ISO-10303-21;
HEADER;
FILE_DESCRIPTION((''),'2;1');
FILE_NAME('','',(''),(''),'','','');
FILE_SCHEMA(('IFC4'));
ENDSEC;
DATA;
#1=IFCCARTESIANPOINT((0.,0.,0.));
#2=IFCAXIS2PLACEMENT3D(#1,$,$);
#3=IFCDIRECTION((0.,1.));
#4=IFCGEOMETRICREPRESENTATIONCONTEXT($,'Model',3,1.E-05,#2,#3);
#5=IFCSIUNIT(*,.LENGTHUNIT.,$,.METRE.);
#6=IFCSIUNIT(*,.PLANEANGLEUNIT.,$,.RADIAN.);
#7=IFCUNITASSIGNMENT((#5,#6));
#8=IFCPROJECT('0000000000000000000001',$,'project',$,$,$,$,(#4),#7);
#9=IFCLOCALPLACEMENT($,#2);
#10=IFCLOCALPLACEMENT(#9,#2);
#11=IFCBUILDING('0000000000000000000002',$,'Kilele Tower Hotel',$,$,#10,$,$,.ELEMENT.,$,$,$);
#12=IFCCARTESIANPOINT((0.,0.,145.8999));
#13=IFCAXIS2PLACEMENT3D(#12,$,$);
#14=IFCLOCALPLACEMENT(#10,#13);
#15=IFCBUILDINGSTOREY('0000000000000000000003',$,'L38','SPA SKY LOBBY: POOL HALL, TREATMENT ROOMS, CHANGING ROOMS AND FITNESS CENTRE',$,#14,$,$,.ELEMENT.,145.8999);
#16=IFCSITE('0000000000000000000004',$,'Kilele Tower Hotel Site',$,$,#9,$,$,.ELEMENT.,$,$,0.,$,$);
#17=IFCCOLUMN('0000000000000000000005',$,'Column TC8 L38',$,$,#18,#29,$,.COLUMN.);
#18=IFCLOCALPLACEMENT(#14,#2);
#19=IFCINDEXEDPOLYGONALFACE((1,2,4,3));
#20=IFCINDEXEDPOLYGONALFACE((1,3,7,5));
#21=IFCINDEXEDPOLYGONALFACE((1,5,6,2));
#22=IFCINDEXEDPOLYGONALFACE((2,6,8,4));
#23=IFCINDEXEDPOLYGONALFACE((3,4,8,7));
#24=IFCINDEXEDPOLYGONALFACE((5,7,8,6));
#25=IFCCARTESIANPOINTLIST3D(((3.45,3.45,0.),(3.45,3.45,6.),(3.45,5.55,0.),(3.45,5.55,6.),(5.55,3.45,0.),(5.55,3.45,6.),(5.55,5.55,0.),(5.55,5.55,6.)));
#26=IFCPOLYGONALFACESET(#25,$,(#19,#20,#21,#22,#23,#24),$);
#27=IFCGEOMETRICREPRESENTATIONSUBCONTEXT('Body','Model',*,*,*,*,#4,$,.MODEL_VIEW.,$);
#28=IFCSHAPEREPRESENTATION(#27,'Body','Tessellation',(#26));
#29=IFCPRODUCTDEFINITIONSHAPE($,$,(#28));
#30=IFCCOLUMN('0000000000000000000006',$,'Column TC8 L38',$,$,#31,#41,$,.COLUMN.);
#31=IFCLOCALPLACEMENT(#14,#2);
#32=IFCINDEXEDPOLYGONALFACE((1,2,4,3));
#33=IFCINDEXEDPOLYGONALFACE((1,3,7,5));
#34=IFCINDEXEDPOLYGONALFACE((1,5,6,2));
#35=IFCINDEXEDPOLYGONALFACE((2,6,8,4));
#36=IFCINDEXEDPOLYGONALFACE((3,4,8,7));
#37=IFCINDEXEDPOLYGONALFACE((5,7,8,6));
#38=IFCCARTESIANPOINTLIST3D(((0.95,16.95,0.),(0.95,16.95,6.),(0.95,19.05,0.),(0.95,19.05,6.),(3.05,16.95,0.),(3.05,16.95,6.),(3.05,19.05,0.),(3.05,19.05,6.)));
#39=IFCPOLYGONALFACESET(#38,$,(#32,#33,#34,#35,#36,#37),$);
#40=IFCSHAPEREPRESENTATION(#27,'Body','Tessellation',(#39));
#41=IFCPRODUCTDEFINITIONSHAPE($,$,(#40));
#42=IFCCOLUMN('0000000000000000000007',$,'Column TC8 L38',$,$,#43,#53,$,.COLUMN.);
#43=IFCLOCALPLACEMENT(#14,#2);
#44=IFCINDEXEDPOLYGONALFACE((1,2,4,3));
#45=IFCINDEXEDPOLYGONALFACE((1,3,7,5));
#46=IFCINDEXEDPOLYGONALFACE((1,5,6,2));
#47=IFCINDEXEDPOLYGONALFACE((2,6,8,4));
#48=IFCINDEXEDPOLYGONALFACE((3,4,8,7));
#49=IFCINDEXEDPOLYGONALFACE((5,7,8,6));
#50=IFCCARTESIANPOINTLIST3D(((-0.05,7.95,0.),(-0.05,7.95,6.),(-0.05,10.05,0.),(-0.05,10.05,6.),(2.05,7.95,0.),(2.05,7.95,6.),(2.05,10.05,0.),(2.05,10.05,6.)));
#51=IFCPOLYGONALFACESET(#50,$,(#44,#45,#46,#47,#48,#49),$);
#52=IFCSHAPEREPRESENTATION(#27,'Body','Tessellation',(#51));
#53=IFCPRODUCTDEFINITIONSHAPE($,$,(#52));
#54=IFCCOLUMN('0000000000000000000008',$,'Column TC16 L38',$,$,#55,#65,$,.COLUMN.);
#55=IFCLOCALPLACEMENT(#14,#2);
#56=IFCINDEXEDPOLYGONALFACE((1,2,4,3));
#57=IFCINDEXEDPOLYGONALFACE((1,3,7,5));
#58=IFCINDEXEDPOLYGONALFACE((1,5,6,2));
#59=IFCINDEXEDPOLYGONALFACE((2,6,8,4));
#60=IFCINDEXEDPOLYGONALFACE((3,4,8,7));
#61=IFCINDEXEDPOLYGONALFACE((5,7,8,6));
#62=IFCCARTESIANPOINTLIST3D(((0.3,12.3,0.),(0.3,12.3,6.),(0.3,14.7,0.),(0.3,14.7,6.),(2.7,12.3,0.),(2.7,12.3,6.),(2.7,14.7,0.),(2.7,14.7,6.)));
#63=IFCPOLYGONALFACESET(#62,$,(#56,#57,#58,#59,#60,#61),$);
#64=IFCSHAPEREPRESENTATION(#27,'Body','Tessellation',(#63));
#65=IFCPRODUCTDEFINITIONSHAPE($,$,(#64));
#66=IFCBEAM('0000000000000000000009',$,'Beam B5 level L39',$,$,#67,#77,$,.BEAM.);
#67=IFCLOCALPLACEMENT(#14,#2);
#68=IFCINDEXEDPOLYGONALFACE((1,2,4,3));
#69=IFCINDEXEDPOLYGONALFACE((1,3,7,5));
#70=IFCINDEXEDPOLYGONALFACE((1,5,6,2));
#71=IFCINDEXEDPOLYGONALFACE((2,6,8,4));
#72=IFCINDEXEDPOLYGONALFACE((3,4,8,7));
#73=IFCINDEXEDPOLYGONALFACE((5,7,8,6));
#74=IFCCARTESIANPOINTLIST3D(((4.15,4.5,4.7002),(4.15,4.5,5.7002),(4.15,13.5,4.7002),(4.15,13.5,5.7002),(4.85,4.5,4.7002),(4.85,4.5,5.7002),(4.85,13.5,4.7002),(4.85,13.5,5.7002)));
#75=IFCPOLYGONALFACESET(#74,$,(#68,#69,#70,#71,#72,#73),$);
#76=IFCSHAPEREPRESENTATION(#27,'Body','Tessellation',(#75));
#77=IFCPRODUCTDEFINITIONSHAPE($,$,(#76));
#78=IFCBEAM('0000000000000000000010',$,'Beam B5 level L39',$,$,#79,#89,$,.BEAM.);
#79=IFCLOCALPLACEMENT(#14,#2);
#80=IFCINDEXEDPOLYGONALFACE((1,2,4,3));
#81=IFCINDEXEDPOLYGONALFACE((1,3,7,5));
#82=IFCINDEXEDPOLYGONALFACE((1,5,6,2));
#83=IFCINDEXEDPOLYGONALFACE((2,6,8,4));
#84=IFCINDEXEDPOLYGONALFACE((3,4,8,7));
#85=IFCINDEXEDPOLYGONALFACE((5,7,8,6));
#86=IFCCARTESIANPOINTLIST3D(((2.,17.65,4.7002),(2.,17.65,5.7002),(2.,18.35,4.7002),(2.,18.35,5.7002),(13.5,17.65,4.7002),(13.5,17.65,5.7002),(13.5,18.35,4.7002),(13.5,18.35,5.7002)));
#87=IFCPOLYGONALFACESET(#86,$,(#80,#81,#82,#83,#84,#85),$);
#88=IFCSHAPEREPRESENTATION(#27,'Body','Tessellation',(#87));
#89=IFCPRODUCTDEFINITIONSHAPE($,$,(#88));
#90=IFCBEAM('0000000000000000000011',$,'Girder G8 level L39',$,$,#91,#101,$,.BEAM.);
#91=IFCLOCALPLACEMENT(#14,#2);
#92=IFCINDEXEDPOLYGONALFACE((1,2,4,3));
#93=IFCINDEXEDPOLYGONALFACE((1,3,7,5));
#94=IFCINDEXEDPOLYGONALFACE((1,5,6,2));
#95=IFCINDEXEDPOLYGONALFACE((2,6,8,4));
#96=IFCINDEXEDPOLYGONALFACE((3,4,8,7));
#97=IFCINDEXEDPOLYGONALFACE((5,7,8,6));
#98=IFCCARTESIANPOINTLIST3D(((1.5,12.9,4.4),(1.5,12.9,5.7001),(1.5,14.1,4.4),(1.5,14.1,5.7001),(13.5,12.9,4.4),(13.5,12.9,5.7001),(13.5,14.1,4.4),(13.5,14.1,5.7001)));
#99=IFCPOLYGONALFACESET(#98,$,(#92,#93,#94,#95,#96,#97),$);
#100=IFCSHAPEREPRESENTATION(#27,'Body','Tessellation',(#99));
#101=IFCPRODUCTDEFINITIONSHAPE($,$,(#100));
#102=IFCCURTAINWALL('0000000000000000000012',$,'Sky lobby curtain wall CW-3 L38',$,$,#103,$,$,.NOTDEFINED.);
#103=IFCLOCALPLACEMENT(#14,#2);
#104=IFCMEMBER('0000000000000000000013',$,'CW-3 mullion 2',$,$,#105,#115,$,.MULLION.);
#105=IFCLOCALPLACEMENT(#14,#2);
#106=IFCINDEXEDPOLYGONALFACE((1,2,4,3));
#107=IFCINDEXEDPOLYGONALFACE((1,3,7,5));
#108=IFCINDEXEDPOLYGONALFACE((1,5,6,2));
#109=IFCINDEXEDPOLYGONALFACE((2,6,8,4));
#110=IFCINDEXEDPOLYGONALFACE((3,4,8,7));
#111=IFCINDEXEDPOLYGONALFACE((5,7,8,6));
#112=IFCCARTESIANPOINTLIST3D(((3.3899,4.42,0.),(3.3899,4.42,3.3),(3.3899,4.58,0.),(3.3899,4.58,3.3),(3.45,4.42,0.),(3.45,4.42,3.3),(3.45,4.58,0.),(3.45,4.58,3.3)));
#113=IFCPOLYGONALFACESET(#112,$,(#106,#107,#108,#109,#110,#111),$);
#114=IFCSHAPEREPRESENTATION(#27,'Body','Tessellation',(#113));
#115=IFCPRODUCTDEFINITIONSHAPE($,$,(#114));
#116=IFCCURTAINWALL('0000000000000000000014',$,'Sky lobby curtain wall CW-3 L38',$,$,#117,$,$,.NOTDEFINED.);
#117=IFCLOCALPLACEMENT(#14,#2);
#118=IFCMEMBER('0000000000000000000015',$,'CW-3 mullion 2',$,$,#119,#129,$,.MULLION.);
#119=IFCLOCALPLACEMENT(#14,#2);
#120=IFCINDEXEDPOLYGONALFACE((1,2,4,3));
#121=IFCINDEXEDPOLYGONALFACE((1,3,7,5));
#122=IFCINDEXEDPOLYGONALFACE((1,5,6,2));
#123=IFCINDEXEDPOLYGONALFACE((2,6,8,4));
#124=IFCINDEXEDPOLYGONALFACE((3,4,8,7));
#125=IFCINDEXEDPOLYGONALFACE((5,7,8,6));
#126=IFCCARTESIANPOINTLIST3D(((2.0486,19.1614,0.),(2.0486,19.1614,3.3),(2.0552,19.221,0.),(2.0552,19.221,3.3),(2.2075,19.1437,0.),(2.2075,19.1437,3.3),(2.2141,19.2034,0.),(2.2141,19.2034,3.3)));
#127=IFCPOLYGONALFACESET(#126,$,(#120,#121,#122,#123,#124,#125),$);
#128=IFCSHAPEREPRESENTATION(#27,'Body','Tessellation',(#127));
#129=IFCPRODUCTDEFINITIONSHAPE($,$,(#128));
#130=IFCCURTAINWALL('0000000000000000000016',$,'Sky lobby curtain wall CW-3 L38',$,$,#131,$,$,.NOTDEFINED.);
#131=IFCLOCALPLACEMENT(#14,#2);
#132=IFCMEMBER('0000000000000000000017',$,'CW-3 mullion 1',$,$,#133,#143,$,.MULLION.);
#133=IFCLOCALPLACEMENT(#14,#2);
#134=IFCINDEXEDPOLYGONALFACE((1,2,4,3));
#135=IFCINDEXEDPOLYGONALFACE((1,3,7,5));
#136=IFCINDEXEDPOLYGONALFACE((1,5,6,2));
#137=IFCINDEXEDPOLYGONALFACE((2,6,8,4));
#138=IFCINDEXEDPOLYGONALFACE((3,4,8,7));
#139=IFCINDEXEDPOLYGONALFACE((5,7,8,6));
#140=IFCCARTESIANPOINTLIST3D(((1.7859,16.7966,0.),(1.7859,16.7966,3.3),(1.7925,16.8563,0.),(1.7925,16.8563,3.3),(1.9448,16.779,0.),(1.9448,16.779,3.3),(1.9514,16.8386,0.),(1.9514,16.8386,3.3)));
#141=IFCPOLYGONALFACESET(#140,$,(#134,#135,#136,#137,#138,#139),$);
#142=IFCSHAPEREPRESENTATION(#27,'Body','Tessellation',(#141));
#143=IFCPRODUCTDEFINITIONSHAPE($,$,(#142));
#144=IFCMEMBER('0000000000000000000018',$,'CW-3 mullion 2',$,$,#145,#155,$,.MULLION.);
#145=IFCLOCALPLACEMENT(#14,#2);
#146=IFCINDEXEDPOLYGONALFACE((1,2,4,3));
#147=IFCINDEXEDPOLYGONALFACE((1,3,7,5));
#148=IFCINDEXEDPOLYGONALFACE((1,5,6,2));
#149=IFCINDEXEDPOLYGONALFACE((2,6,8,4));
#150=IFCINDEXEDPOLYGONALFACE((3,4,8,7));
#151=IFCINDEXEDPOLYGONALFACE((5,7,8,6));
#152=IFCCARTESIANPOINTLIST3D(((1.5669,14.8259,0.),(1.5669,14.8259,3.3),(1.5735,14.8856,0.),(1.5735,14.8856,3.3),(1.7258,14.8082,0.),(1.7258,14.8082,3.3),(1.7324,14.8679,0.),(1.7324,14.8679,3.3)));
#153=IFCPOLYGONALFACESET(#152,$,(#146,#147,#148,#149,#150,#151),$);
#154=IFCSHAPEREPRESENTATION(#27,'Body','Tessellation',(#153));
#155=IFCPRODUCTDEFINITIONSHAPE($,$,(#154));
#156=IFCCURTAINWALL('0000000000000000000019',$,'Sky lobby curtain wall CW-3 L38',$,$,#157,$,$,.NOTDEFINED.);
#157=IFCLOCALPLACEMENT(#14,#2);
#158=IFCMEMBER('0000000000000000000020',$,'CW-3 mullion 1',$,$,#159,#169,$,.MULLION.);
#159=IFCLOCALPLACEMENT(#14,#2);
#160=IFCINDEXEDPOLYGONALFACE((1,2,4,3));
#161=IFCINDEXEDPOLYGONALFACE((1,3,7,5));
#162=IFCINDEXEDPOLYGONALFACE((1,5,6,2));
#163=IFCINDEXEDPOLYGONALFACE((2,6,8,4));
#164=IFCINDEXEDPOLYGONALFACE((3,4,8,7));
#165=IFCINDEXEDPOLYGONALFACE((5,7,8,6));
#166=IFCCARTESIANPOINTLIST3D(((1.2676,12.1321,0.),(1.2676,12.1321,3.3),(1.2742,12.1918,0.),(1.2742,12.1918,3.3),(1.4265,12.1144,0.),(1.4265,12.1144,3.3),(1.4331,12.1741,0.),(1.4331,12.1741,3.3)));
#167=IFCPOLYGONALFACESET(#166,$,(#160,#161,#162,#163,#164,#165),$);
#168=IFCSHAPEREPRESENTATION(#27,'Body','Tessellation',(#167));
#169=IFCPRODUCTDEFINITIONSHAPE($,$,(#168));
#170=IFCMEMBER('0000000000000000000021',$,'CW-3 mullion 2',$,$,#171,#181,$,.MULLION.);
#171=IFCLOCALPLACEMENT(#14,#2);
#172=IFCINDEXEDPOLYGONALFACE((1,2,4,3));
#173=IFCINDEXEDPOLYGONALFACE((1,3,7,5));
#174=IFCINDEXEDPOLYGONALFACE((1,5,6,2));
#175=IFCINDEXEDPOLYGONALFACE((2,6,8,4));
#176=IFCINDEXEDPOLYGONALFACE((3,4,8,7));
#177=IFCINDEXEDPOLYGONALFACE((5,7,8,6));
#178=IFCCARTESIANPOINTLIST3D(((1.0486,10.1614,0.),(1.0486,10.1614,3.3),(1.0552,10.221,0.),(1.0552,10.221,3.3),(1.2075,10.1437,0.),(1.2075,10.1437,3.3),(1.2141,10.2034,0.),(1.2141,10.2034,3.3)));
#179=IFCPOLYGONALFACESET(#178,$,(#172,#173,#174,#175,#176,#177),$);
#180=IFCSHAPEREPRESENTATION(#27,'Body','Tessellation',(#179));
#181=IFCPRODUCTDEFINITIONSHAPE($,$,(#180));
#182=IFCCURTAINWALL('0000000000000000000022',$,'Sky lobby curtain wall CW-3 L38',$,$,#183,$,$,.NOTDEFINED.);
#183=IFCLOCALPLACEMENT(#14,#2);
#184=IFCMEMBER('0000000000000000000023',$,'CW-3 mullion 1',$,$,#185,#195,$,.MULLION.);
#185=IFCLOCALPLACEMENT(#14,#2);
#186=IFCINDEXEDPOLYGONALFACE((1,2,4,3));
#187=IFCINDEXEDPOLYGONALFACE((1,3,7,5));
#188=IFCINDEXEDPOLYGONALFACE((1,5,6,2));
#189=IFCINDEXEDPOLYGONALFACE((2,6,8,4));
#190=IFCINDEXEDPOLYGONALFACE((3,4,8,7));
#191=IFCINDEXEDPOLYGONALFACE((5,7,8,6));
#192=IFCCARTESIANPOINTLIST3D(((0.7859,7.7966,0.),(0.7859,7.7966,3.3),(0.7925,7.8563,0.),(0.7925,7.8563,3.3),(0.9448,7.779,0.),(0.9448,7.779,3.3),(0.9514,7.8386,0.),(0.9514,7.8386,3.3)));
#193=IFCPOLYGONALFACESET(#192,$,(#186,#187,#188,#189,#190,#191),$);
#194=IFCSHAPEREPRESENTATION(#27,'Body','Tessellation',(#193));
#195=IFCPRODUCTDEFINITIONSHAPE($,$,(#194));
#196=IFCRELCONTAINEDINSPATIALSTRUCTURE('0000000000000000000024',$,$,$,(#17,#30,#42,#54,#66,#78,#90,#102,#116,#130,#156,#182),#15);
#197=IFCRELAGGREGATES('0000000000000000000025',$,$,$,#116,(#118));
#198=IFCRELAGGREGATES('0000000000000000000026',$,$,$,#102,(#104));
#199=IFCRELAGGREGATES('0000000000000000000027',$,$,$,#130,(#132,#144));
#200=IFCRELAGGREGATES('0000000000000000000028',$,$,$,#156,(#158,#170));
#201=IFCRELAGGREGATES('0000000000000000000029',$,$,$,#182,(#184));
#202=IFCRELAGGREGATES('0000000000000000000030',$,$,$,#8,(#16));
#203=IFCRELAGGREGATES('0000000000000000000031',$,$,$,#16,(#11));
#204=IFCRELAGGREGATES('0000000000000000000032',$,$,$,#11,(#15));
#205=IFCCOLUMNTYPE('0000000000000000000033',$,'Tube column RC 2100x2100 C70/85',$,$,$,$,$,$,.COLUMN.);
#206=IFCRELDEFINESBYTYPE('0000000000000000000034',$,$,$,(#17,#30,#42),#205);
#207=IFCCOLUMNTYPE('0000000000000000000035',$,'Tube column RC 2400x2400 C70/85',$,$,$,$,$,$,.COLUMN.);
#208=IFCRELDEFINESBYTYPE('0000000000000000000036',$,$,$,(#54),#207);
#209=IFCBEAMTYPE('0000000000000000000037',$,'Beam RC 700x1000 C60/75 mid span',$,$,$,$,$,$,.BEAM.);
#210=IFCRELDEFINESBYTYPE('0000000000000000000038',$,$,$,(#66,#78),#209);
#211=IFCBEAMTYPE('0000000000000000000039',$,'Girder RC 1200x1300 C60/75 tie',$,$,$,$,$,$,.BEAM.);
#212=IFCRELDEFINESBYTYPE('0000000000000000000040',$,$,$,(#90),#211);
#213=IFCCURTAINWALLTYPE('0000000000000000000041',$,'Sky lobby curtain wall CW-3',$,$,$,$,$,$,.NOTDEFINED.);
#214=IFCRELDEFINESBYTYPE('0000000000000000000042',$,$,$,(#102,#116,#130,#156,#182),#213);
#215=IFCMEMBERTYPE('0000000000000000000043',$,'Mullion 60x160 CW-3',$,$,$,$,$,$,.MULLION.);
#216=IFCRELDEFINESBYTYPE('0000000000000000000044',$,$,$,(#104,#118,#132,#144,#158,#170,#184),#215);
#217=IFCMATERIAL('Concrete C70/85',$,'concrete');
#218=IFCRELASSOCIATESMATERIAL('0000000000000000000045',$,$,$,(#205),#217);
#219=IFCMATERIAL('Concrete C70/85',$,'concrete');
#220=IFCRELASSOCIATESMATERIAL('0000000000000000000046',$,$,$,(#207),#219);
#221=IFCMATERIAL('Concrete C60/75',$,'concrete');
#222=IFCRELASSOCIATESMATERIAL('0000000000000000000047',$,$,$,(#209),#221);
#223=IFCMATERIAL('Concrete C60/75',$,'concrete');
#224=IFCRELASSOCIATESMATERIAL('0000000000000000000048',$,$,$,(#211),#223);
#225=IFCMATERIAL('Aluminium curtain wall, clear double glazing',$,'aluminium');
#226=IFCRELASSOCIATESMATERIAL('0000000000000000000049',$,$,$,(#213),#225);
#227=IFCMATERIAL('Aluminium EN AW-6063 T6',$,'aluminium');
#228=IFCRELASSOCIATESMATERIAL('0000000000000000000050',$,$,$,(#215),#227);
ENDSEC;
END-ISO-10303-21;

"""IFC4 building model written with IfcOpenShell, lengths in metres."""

from ifc_helpers import new_model, si_unit, direction, frame, origin, origin_2d, place, context, subcontext, project, spatial, rectangle, extrude, material, material_profile, profile_set, type_object, element, aggregate, save


model = new_model("IFC4")

# Units and contexts
model_context = context("Model", 3, precision=1e-05, world=origin(), true_north=direction((0.0, 1.0)))
body_context = subcontext(model_context, "Body", "Model", "MODEL_VIEW")
ifc_project = project(units=[si_unit("LENGTHUNIT", "METRE"), si_unit("PLANEANGLEUNIT", "RADIAN")], contexts=[model_context])

# Site, building, storey
site_placement = place(None, origin())
site = spatial("IfcSite", under=ifc_project, at=site_placement, Name="Kilele Tower Hotel Site", CompositionType="ELEMENT", RefElevation=0.0)
building_placement = place(site_placement, origin())
building = spatial("IfcBuilding", under=site, at=building_placement, Name="Kilele Tower Hotel", CompositionType="ELEMENT")
storey_placement = place(building_placement, frame((0.0, 0.0, 145.8999)))
storey = spatial("IfcBuildingStorey", under=building, at=storey_placement, Name="L38", Description="SPA SKY LOBBY: POOL HALL, TREATMENT ROOMS, CHANGING ROOMS AND FITNESS CENTRE", CompositionType="ELEMENT", Elevation=145.8999)

# Columns
ifc_material_1 = material(Name="Concrete C70/85", Category="concrete")
ifc_material_profile_1 = material_profile(ifc_material_1, rectangle(XDim=2.1001, YDim=2.1001, at=origin_2d()))
ifc_profile_set_1 = profile_set([ifc_material_profile_1], Name="Concrete C70/85")
column_type_1 = type_object("IfcColumnType", Name="Tube column RC 2100x2100 C70/85", PredefinedType="COLUMN", material=ifc_profile_set_1)
for number, where, z_axis, x_axis, name in (
    (1, (4.5, 4.5, 0.0), (0.0, 0.0, 1.0), (1.0, 0.0, 0.0), "Column TC8 L38"),
    (2, (2.0, 18.0, 0.0), (0.0, 0.0, 1.0), (1.0, 0.0, 0.0), "Column TC8 L38"),
    (3, (1.0, 9.0, 0.0), (0.0, 0.0, 1.0), (1.0, 0.0, 0.0), "Column TC8 L38"),
):
    element("IfcColumn", number, at=place(storey_placement, frame(where, z_axis=z_axis, x_axis=x_axis)), inside=storey, type_object=column_type_1, Name=name, PredefinedType="COLUMN", context=body_context, shape_type="SweptSolid", body=[
        extrude(rectangle(XDim=2.1001, YDim=2.1001, at=origin_2d()), origin(), (0.0, 0.0, 1.0), 6.0),
    ])
ifc_material_2 = material(Name="Concrete C70/85", Category="concrete")
ifc_material_profile_2 = material_profile(ifc_material_2, rectangle(XDim=2.3999, YDim=2.3999, at=origin_2d()))
ifc_profile_set_2 = profile_set([ifc_material_profile_2], Name="Concrete C70/85")
column_type_2 = type_object("IfcColumnType", Name="Tube column RC 2400x2400 C70/85", PredefinedType="COLUMN", material=ifc_profile_set_2)
column_placement = place(storey_placement, frame((1.5, 13.5, 0.0), z_axis=(0.0, 0.0, 1.0), x_axis=(1.0, 0.0, 0.0)))
element("IfcColumn", 4, at=column_placement, inside=storey, type_object=column_type_2, Name="Column TC16 L38", PredefinedType="COLUMN", context=body_context, shape_type="SweptSolid", body=[
    extrude(rectangle(XDim=2.3999, YDim=2.3999, at=origin_2d()), origin(), (0.0, 0.0, 1.0), 6.0),
])

# Beams
ifc_material_3 = material(Name="Concrete C60/75", Category="concrete")
ifc_material_profile_3 = material_profile(ifc_material_3, rectangle(XDim=0.7, YDim=1.0, at=origin_2d()))
ifc_profile_set_3 = profile_set([ifc_material_profile_3], Name="Concrete C60/75")
beam_type_1 = type_object("IfcBeamType", Name="Beam RC 700x1000 C60/75 mid span", PredefinedType="BEAM", material=ifc_profile_set_3)
beam_1_placement = place(storey_placement, frame((4.5, 4.5, 5.2002), z_axis=(0.0, 1.0, 0.0), x_axis=(-1.0, 0.0, 0.0)))
element("IfcBeam", 5, at=beam_1_placement, inside=storey, type_object=beam_type_1, Name="Beam B5 level L39", PredefinedType="BEAM", context=body_context, shape_type="SweptSolid", body=[
    extrude(rectangle(XDim=0.7, YDim=1.0, at=origin_2d()), origin(), (0.0, 0.0, 1.0), 9.0),
])
beam_2_placement = place(storey_placement, frame((2.0, 18.0, 5.2002), z_axis=(1.0, 0.0, 0.0), x_axis=(0.0, 1.0, 0.0)))
element("IfcBeam", 6, at=beam_2_placement, inside=storey, type_object=beam_type_1, Name="Beam B5 level L39", PredefinedType="BEAM", context=body_context, shape_type="SweptSolid", body=[
    extrude(rectangle(XDim=0.7, YDim=1.0, at=origin_2d()), origin(), (0.0, 0.0, 1.0), 11.5),
])
ifc_material_4 = material(Name="Concrete C60/75", Category="concrete")
ifc_material_profile_4 = material_profile(ifc_material_4, rectangle(XDim=1.2, YDim=1.3, at=origin_2d()))
ifc_profile_set_4 = profile_set([ifc_material_profile_4], Name="Concrete C60/75")
beam_type_2 = type_object("IfcBeamType", Name="Girder RC 1200x1300 C60/75 tie", PredefinedType="BEAM", material=ifc_profile_set_4)
beam_3_placement = place(storey_placement, frame((1.5, 13.5, 5.05), z_axis=(1.0, 0.0, 0.0), x_axis=(0.0, 1.0, 0.0)))
element("IfcBeam", 7, at=beam_3_placement, inside=storey, type_object=beam_type_2, Name="Girder G8 level L39", PredefinedType="BEAM", context=body_context, shape_type="SweptSolid", body=[
    extrude(rectangle(XDim=1.2, YDim=1.3, at=origin_2d()), origin(), (0.0, 0.0, 1.0), 12.0),
])

# Curtain walls, members
ifc_material_5 = material(Name="Aluminium curtain wall, clear double glazing", Category="aluminium")
curtain_wall_type = type_object("IfcCurtainWallType", Name="Sky lobby curtain wall CW-3", PredefinedType="NOTDEFINED", material=ifc_material_5)
curtain_wall_1_placement = place(storey_placement, origin())
curtain_wall_1 = element("IfcCurtainWall", 8, at=curtain_wall_1_placement, inside=storey, type_object=curtain_wall_type, Name="Sky lobby curtain wall CW-3 L38", PredefinedType="NOTDEFINED")
ifc_material_6 = material(Name="Aluminium EN AW-6063 T6", Category="aluminium")
ifc_material_profile_5 = material_profile(ifc_material_6, rectangle(XDim=0.1599, YDim=0.0601, at=origin_2d()))
ifc_profile_set_5 = profile_set([ifc_material_profile_5], Name="Aluminium EN AW-6063 T6")
member_type_1 = type_object("IfcMemberType", Name="Mullion 60x160 CW-3", PredefinedType="MULLION", material=ifc_profile_set_5)
member_1_placement = place(storey_placement, frame((3.4199, 4.5, 0.0), z_axis=(0.0, 0.0, 1.0), x_axis=(0.0, 1.0, 0.0)))
member_1 = element("IfcMember", 9, at=member_1_placement, type_object=member_type_1, Name="CW-3 mullion 2", PredefinedType="MULLION", context=body_context, shape_type="SweptSolid", body=[
    extrude(rectangle(XDim=0.1599, YDim=0.0601, at=origin_2d()), origin(), (0.0, 0.0, 1.0), 3.3),
])
curtain_wall_2_placement = place(storey_placement, origin())
curtain_wall_2 = element("IfcCurtainWall", 10, at=curtain_wall_2_placement, inside=storey, type_object=curtain_wall_type, Name="Sky lobby curtain wall CW-3 L38", PredefinedType="NOTDEFINED")
member_2_placement = place(storey_placement, frame((2.1313, 19.1824, 0.0), z_axis=(0.0, 0.0, 1.0), x_axis=(0.993884, -0.110432, 0.0)))
member_2 = element("IfcMember", 11, at=member_2_placement, type_object=member_type_1, Name="CW-3 mullion 2", PredefinedType="MULLION", context=body_context, shape_type="SweptSolid", body=[
    extrude(rectangle(XDim=0.1599, YDim=0.0601, at=origin_2d()), origin(), (0.0, 0.0, 1.0), 3.3),
])
aggregate(curtain_wall_2, [member_2])

# Curtain walls, members
curtain_wall_3_placement = place(storey_placement, origin())
curtain_wall_3 = element("IfcCurtainWall", 12, at=curtain_wall_3_placement, inside=storey, type_object=curtain_wall_type, Name="Sky lobby curtain wall CW-3 L38", PredefinedType="NOTDEFINED")
member_3_placement = place(storey_placement, frame((1.8687, 16.8176, 0.0), z_axis=(0.0, 0.0, 1.0), x_axis=(0.993884, -0.110432, 0.0)))
member_3 = element("IfcMember", 13, at=member_3_placement, type_object=member_type_1, Name="CW-3 mullion 1", PredefinedType="MULLION", context=body_context, shape_type="SweptSolid", body=[
    extrude(rectangle(XDim=0.1599, YDim=0.0601, at=origin_2d()), origin(), (0.0, 0.0, 1.0), 3.3),
])
member_4_placement = place(storey_placement, frame((1.6497, 14.8469, 0.0), z_axis=(0.0, 0.0, 1.0), x_axis=(0.993884, -0.110432, 0.0)))
member_4 = element("IfcMember", 14, at=member_4_placement, type_object=member_type_1, Name="CW-3 mullion 2", PredefinedType="MULLION", context=body_context, shape_type="SweptSolid", body=[
    extrude(rectangle(XDim=0.1599, YDim=0.0601, at=origin_2d()), origin(), (0.0, 0.0, 1.0), 3.3),
])
curtain_wall_4_placement = place(storey_placement, origin())
curtain_wall_4 = element("IfcCurtainWall", 15, at=curtain_wall_4_placement, inside=storey, type_object=curtain_wall_type, Name="Sky lobby curtain wall CW-3 L38", PredefinedType="NOTDEFINED")
member_5_placement = place(storey_placement, frame((1.3503, 12.1531, 0.0), z_axis=(0.0, 0.0, 1.0), x_axis=(0.993884, -0.110432, 0.0)))
member_5 = element("IfcMember", 16, at=member_5_placement, type_object=member_type_1, Name="CW-3 mullion 1", PredefinedType="MULLION", context=body_context, shape_type="SweptSolid", body=[
    extrude(rectangle(XDim=0.1599, YDim=0.0601, at=origin_2d()), origin(), (0.0, 0.0, 1.0), 3.3),
])
member_6_placement = place(storey_placement, frame((1.1313, 10.1824, 0.0), z_axis=(0.0, 0.0, 1.0), x_axis=(0.993884, -0.110432, 0.0)))
member_6 = element("IfcMember", 17, at=member_6_placement, type_object=member_type_1, Name="CW-3 mullion 2", PredefinedType="MULLION", context=body_context, shape_type="SweptSolid", body=[
    extrude(rectangle(XDim=0.1599, YDim=0.0601, at=origin_2d()), origin(), (0.0, 0.0, 1.0), 3.3),
])
curtain_wall_5_placement = place(storey_placement, origin())
curtain_wall_5 = element("IfcCurtainWall", 18, at=curtain_wall_5_placement, inside=storey, type_object=curtain_wall_type, Name="Sky lobby curtain wall CW-3 L38", PredefinedType="NOTDEFINED")
member_7_placement = place(storey_placement, frame((0.8687, 7.8176, 0.0), z_axis=(0.0, 0.0, 1.0), x_axis=(0.993884, -0.110432, 0.0)))
member_7 = element("IfcMember", 19, at=member_7_placement, type_object=member_type_1, Name="CW-3 mullion 1", PredefinedType="MULLION", context=body_context, shape_type="SweptSolid", body=[
    extrude(rectangle(XDim=0.1599, YDim=0.0601, at=origin_2d()), origin(), (0.0, 0.0, 1.0), 3.3),
])

aggregate(curtain_wall_1, [member_1])
aggregate(curtain_wall_3, [member_3, member_4])
aggregate(curtain_wall_4, [member_5, member_6])
aggregate(curtain_wall_5, [member_7])

save(model, "model.ifc")
